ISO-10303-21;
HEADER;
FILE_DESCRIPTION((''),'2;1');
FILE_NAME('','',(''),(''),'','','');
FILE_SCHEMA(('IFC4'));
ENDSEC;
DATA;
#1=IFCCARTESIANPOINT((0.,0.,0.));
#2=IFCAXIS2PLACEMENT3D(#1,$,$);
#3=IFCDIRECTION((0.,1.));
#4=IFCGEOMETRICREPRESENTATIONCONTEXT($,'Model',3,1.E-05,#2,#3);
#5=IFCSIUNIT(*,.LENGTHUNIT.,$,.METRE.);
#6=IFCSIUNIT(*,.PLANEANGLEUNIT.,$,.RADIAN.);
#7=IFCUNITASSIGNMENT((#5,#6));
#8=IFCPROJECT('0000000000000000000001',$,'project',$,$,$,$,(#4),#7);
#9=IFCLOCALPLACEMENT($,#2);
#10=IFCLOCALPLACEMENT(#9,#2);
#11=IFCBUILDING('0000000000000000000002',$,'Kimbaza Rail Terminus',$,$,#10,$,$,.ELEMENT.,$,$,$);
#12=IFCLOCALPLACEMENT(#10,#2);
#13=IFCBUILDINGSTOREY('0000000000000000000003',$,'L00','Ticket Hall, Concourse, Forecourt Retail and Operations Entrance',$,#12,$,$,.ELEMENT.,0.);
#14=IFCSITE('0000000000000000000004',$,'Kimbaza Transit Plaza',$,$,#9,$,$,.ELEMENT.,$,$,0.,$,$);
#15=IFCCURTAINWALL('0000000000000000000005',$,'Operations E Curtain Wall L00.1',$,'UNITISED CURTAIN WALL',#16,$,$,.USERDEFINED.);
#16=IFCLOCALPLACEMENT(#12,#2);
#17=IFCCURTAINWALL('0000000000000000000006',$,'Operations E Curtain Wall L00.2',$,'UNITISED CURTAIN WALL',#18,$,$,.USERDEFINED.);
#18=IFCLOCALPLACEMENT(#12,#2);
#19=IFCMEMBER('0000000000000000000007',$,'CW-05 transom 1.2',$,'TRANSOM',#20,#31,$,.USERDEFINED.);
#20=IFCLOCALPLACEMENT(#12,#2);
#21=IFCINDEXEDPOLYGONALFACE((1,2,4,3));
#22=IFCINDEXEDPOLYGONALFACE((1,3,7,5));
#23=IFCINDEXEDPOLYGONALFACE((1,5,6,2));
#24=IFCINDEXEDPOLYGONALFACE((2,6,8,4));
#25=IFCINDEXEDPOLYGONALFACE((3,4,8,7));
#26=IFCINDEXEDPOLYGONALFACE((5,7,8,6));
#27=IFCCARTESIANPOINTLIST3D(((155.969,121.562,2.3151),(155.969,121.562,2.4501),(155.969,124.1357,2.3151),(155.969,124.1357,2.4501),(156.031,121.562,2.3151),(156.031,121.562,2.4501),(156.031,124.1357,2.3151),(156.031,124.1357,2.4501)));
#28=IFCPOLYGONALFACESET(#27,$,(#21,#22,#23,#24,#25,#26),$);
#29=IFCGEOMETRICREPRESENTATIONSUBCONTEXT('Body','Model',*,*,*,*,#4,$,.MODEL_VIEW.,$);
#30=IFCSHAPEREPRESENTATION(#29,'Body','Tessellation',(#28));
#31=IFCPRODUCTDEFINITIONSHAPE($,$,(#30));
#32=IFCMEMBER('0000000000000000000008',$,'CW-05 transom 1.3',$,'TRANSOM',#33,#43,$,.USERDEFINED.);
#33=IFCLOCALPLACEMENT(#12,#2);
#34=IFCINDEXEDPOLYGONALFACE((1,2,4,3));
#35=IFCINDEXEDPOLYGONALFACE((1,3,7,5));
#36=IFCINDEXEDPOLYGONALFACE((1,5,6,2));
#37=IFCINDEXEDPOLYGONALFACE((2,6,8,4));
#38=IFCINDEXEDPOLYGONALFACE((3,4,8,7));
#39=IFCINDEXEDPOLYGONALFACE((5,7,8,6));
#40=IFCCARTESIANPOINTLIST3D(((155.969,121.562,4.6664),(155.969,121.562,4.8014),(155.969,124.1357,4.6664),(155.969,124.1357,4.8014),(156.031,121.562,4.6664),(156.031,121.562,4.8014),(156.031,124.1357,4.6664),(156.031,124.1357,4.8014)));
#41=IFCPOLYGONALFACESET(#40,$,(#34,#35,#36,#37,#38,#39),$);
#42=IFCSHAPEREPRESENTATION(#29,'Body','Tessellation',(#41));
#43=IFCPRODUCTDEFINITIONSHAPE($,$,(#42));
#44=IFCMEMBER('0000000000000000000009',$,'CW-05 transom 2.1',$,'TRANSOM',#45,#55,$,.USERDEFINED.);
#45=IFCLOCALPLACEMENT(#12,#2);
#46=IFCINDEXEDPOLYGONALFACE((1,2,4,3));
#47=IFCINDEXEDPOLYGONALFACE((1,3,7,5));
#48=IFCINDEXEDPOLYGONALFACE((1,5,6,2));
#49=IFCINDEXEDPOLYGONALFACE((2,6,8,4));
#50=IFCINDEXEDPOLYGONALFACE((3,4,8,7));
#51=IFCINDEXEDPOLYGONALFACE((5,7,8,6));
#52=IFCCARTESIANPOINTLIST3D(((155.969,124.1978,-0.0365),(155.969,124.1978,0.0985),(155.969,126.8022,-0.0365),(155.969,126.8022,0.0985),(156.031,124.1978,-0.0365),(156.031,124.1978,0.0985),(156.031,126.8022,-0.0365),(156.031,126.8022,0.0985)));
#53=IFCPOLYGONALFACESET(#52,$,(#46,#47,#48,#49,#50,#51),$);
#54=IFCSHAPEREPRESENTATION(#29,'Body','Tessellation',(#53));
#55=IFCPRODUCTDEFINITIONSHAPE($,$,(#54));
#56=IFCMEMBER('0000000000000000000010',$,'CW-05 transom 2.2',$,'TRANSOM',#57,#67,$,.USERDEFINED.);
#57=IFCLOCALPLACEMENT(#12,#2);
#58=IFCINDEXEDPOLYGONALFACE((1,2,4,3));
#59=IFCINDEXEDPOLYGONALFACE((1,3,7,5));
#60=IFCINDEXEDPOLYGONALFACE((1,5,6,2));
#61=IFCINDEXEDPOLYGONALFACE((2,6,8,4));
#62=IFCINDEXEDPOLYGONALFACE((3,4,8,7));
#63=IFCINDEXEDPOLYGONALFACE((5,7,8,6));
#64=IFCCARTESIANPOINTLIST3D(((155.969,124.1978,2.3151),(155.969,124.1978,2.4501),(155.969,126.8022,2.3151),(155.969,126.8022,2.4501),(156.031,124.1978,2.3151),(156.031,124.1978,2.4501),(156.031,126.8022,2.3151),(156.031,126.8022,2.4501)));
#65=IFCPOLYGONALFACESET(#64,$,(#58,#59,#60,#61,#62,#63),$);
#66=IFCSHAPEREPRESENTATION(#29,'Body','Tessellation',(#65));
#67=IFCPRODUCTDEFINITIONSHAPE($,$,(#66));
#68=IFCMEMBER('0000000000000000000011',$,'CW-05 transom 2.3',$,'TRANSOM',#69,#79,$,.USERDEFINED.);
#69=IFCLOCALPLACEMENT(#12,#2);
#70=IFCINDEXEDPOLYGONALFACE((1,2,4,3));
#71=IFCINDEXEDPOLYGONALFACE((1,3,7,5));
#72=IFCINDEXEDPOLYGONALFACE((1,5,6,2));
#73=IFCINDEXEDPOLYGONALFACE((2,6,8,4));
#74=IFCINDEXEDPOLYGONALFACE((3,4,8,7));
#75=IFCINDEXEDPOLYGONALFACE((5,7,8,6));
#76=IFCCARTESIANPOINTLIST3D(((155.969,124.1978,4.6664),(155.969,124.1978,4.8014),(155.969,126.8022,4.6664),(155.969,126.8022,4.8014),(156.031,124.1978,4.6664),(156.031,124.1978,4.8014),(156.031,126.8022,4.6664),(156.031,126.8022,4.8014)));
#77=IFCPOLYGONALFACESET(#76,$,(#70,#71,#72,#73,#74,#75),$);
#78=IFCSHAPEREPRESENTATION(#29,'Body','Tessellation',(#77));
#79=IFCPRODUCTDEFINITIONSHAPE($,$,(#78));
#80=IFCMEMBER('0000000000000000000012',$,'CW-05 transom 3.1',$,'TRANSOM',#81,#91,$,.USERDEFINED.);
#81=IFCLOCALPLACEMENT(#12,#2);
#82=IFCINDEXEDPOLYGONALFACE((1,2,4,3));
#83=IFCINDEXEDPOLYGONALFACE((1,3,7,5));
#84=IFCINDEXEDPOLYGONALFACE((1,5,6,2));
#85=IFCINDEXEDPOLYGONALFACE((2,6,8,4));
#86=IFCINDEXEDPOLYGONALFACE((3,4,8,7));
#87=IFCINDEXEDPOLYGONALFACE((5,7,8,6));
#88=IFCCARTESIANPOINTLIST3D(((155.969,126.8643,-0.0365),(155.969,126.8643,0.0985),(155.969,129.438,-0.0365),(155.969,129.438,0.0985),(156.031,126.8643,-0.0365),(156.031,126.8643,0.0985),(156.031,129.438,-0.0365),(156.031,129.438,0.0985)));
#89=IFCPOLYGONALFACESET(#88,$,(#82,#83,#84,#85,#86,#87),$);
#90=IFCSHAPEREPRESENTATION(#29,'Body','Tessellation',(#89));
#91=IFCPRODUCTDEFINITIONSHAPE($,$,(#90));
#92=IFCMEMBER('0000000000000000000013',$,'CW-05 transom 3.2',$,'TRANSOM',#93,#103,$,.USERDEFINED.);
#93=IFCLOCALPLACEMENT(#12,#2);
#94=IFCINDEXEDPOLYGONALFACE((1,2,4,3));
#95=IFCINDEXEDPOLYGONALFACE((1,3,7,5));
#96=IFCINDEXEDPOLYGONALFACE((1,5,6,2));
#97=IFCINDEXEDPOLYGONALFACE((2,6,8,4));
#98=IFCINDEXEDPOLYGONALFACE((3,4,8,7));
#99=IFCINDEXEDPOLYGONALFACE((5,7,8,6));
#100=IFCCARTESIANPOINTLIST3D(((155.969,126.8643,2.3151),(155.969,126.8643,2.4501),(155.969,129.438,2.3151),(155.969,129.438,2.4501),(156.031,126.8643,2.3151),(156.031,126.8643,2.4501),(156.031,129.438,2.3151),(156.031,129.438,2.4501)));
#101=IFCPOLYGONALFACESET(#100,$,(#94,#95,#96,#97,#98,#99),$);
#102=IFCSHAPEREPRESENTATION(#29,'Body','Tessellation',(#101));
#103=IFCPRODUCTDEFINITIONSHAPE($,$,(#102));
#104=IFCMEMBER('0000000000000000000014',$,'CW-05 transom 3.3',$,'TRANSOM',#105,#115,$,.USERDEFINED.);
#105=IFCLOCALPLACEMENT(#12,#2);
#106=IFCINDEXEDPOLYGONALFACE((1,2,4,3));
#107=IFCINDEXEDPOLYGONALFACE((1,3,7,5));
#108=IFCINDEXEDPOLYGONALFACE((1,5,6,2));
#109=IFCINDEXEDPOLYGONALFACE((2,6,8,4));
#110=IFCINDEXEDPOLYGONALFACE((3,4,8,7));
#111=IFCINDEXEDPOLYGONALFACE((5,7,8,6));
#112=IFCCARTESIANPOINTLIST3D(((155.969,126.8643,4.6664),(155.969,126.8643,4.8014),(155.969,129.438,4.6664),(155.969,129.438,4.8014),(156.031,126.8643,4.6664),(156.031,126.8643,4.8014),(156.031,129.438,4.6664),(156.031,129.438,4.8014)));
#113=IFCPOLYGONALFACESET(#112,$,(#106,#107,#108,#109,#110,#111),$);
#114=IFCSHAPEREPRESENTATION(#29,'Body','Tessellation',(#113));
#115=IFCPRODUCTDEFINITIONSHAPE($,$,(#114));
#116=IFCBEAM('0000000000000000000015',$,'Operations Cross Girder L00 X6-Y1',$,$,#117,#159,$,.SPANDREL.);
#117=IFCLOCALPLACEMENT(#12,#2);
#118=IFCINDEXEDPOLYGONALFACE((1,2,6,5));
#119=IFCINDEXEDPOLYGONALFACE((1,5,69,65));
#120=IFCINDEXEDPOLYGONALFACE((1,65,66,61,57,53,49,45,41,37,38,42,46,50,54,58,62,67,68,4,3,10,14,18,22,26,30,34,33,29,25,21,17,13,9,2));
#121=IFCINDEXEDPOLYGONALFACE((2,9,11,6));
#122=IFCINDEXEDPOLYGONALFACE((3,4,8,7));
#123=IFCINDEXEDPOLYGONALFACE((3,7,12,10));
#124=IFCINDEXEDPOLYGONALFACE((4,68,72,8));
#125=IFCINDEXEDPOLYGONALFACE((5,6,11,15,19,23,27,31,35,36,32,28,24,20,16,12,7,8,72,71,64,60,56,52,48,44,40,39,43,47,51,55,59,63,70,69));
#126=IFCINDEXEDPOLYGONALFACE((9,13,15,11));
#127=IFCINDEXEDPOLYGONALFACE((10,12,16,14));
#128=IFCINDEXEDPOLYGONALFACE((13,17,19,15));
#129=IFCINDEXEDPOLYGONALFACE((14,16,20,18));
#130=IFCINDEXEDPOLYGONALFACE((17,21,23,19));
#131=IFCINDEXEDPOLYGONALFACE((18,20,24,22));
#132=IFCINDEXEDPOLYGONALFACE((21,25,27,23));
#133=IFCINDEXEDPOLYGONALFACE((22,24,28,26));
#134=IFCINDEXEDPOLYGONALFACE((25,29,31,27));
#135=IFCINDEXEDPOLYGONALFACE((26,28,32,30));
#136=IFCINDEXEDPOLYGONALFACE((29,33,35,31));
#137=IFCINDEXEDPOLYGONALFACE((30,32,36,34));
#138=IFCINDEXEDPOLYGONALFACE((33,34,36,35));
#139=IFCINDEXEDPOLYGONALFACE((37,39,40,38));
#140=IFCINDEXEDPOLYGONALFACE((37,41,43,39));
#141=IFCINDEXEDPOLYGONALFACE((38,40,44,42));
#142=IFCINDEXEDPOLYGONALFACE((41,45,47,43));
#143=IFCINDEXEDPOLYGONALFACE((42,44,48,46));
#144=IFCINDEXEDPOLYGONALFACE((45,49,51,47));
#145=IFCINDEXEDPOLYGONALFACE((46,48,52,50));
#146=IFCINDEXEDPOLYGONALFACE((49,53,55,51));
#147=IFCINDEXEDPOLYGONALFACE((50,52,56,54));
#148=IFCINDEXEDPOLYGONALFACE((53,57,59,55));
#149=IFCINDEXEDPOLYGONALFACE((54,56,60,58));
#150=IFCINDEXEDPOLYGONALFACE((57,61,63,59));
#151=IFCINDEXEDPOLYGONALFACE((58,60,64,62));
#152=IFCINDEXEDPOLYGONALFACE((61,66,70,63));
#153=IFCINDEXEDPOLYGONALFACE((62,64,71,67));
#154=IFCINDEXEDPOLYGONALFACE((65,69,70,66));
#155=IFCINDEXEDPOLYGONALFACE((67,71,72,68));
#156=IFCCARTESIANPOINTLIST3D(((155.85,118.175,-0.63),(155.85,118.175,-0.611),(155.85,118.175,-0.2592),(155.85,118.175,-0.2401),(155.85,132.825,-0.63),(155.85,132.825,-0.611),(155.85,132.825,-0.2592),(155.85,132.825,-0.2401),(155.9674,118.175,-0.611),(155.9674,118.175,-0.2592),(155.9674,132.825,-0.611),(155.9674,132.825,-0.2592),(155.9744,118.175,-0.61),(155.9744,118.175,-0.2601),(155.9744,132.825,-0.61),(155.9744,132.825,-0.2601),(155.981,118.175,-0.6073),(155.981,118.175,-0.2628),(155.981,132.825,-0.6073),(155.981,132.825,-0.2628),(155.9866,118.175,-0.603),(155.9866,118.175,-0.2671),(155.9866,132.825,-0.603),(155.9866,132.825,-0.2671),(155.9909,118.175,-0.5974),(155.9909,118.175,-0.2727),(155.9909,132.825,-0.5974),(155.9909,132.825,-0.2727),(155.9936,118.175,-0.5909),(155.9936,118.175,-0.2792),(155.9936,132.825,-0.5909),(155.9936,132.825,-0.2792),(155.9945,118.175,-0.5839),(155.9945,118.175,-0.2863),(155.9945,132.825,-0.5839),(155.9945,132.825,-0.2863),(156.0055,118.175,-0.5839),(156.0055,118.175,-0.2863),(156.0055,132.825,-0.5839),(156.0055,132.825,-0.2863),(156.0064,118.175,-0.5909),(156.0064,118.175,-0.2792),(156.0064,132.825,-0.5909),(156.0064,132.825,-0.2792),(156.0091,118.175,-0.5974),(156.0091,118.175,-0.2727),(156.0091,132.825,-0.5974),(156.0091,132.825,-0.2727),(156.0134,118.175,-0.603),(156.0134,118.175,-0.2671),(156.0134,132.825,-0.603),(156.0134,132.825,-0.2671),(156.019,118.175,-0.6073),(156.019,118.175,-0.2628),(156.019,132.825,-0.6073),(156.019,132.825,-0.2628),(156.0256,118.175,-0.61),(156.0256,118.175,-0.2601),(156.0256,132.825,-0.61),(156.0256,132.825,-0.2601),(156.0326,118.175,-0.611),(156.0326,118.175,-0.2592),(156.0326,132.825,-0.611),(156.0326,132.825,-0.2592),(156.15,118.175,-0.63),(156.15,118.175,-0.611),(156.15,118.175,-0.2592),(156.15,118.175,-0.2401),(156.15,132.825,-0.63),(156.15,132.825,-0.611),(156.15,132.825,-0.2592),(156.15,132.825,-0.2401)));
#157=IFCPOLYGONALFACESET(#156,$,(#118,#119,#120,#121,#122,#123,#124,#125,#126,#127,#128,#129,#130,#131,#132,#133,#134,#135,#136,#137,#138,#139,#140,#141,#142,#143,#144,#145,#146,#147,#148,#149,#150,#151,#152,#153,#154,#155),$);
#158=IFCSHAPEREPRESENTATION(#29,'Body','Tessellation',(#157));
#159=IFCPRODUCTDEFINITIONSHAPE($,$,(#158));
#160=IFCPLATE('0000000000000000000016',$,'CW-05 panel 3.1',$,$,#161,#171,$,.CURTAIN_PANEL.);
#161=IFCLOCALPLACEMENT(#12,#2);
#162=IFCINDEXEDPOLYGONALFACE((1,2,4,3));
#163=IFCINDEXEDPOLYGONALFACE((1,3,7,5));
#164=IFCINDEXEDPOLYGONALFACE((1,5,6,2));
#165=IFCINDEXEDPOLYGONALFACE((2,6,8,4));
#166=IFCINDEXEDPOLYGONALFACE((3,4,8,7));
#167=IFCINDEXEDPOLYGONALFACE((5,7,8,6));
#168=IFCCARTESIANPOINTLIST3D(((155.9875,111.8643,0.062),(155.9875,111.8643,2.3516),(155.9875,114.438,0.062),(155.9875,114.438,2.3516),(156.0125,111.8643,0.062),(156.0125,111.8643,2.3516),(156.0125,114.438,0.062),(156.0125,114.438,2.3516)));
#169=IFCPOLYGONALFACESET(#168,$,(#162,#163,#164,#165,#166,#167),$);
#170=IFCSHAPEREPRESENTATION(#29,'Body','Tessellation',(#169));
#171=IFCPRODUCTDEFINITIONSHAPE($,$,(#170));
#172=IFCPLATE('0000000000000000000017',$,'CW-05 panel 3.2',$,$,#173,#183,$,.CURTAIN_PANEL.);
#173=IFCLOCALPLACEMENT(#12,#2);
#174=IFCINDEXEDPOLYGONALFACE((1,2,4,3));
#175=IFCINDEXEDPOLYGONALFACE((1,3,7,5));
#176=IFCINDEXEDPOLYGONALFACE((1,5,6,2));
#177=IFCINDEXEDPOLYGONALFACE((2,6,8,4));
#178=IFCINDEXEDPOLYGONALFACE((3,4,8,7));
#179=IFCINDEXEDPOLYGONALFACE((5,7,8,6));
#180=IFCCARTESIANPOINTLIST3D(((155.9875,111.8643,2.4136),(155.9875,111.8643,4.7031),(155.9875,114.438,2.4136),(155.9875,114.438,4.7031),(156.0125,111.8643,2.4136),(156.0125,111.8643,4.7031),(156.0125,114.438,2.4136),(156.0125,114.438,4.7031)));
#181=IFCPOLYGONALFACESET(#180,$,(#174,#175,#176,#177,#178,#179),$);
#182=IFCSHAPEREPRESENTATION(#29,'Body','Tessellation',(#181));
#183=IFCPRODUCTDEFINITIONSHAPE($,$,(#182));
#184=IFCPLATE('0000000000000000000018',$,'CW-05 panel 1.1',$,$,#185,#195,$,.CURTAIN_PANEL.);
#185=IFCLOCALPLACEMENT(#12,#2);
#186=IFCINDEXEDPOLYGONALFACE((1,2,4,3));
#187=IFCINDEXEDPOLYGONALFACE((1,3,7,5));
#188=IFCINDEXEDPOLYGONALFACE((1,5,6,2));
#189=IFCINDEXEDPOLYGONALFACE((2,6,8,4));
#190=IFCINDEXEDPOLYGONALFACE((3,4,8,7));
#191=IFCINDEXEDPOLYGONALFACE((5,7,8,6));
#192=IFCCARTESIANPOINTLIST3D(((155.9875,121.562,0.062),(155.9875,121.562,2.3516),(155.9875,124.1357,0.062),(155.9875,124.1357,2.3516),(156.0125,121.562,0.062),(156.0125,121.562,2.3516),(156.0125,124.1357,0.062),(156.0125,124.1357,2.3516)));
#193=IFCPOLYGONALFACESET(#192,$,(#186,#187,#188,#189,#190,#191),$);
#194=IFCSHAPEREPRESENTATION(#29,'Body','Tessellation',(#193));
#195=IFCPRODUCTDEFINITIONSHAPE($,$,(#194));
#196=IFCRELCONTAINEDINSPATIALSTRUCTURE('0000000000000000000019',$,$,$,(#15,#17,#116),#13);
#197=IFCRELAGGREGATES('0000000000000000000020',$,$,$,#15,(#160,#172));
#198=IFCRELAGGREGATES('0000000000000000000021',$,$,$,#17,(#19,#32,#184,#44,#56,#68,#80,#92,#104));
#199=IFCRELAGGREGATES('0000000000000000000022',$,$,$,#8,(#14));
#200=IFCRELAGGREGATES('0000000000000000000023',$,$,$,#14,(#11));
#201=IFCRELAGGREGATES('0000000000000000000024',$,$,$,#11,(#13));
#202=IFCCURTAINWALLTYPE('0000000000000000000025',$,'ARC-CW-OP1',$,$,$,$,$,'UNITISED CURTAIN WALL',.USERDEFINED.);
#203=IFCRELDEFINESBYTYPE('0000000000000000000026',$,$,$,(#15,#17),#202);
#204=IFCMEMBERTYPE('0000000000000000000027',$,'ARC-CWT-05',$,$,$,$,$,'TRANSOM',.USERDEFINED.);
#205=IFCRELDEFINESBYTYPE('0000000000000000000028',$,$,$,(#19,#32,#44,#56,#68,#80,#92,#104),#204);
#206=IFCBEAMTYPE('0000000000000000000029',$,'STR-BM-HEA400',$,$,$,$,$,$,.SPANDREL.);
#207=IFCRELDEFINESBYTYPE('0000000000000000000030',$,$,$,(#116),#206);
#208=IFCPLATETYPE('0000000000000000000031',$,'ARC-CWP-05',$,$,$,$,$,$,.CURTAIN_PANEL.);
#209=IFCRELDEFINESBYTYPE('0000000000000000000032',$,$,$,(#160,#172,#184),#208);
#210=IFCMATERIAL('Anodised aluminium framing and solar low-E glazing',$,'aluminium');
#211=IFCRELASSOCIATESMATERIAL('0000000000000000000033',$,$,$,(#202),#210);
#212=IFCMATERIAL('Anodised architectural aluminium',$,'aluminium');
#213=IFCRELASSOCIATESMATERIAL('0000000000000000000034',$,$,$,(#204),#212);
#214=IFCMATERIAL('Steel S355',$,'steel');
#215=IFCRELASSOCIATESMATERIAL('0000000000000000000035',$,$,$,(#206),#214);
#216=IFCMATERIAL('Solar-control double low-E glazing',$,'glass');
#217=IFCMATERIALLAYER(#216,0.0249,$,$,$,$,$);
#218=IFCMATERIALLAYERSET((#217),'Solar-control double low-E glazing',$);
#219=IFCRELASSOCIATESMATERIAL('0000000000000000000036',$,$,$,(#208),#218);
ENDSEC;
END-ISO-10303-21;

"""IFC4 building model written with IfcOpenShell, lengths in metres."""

from ifc_helpers import new_model, si_unit, direction, frame, origin, origin_2d, place, context, subcontext, project, spatial, rectangle, i_section, extrude, material, layer, layer_set, material_profile, profile_set, type_object, element, aggregate, save


model = new_model("IFC4")

# Units and contexts
model_context = context("Model", 3, precision=1e-05, world=origin(), true_north=direction((0.0, 1.0)))
body_context = subcontext(model_context, "Body", "Model", "MODEL_VIEW")
ifc_project = project(units=[si_unit("LENGTHUNIT", "METRE"), si_unit("PLANEANGLEUNIT", "RADIAN")], contexts=[model_context])

# Site, building, storey
site_placement = place(None, origin())
site = spatial("IfcSite", under=ifc_project, at=site_placement, Name="Kimbaza Transit Plaza", CompositionType="ELEMENT", RefElevation=0.0)
building_placement = place(site_placement, origin())
building = spatial("IfcBuilding", under=site, at=building_placement, Name="Kimbaza Rail Terminus", CompositionType="ELEMENT")
storey_placement = place(building_placement, origin())
storey = spatial("IfcBuildingStorey", under=building, at=storey_placement, Name="L00", Description="Ticket Hall, Concourse, Forecourt Retail and Operations Entrance", CompositionType="ELEMENT", Elevation=0.0)

# Curtain wall
ifc_material_1 = material(Name="Anodised aluminium framing and solar low-E glazing", Category="aluminium")
curtain_wall_type = type_object("IfcCurtainWallType", Name="ARC-CW-OP1", ElementType="UNITISED CURTAIN WALL", PredefinedType="USERDEFINED", material=ifc_material_1)
curtain_wall_1_placement = place(storey_placement, origin())
curtain_wall_1 = element("IfcCurtainWall", 1, at=curtain_wall_1_placement, inside=storey, type_object=curtain_wall_type, Name="Operations E Curtain Wall L00.1", ObjectType="UNITISED CURTAIN WALL", PredefinedType="USERDEFINED")

# Curtain wall
curtain_wall_2_placement = place(storey_placement, origin())
curtain_wall_2 = element("IfcCurtainWall", 2, at=curtain_wall_2_placement, inside=storey, type_object=curtain_wall_type, Name="Operations E Curtain Wall L00.2", ObjectType="UNITISED CURTAIN WALL", PredefinedType="USERDEFINED")

# Members
ifc_material_2 = material(Name="Anodised architectural aluminium", Category="aluminium")
ifc_material_profile_1 = material_profile(ifc_material_2, rectangle(XDim=0.062, YDim=0.135, at=origin_2d()), Name="TRANSOM 62x135")
ifc_profile_set_1 = profile_set([ifc_material_profile_1], Name="Anodised architectural aluminium")
member_type_1 = type_object("IfcMemberType", Name="ARC-CWT-05", ElementType="TRANSOM", PredefinedType="USERDEFINED", material=ifc_profile_set_1)
member_1_placement = place(storey_placement, frame((156.0, 121.562, 2.3826), z_axis=(0.0, 1.0, 0.0), x_axis=(-1.0, 0.0, 0.0)))
member_1 = element("IfcMember", 3, at=member_1_placement, type_object=member_type_1, Name="CW-05 transom 1.2", ObjectType="TRANSOM", PredefinedType="USERDEFINED", context=body_context, shape_type="SweptSolid", body=[
    extrude(rectangle(XDim=0.062, YDim=0.135, at=origin_2d()), origin(), (0.0, 0.0, 1.0), 2.5737),
])
member_2_placement = place(storey_placement, frame((156.0, 121.562, 4.7339), z_axis=(0.0, 1.0, 0.0), x_axis=(-1.0, 0.0, 0.0)))
member_2 = element("IfcMember", 4, at=member_2_placement, type_object=member_type_1, Name="CW-05 transom 1.3", ObjectType="TRANSOM", PredefinedType="USERDEFINED", context=body_context, shape_type="SweptSolid", body=[
    extrude(rectangle(XDim=0.062, YDim=0.135, at=origin_2d()), origin(), (0.0, 0.0, 1.0), 2.5737),
])
member_3_placement = place(storey_placement, frame((156.0, 124.1978, 0.031), z_axis=(0.0, 1.0, 0.0), x_axis=(-1.0, 0.0, 0.0)))
member_3 = element("IfcMember", 5, at=member_3_placement, type_object=member_type_1, Name="CW-05 transom 2.1", ObjectType="TRANSOM", PredefinedType="USERDEFINED", context=body_context, shape_type="SweptSolid", body=[
    extrude(rectangle(XDim=0.062, YDim=0.135, at=origin_2d()), origin(), (0.0, 0.0, 1.0), 2.6045),
])
member_4_placement = place(storey_placement, frame((156.0, 124.1978, 2.3826), z_axis=(0.0, 1.0, 0.0), x_axis=(-1.0, 0.0, 0.0)))
member_4 = element("IfcMember", 6, at=member_4_placement, type_object=member_type_1, Name="CW-05 transom 2.2", ObjectType="TRANSOM", PredefinedType="USERDEFINED", context=body_context, shape_type="SweptSolid", body=[
    extrude(rectangle(XDim=0.062, YDim=0.135, at=origin_2d()), origin(), (0.0, 0.0, 1.0), 2.6045),
])
member_5_placement = place(storey_placement, frame((156.0, 124.1978, 4.7339), z_axis=(0.0, 1.0, 0.0), x_axis=(-1.0, 0.0, 0.0)))
member_5 = element("IfcMember", 7, at=member_5_placement, type_object=member_type_1, Name="CW-05 transom 2.3", ObjectType="TRANSOM", PredefinedType="USERDEFINED", context=body_context, shape_type="SweptSolid", body=[
    extrude(rectangle(XDim=0.062, YDim=0.135, at=origin_2d()), origin(), (0.0, 0.0, 1.0), 2.6045),
])
member_6_placement = place(storey_placement, frame((156.0, 126.8643, 0.031), z_axis=(0.0, 1.0, 0.0), x_axis=(-1.0, 0.0, 0.0)))
member_6 = element("IfcMember", 8, at=member_6_placement, type_object=member_type_1, Name="CW-05 transom 3.1", ObjectType="TRANSOM", PredefinedType="USERDEFINED", context=body_context, shape_type="SweptSolid", body=[
    extrude(rectangle(XDim=0.062, YDim=0.135, at=origin_2d()), origin(), (0.0, 0.0, 1.0), 2.5737),
])
member_7_placement = place(storey_placement, frame((156.0, 126.8643, 2.3826), z_axis=(0.0, 1.0, 0.0), x_axis=(-1.0, 0.0, 0.0)))
member_7 = element("IfcMember", 9, at=member_7_placement, type_object=member_type_1, Name="CW-05 transom 3.2", ObjectType="TRANSOM", PredefinedType="USERDEFINED", context=body_context, shape_type="SweptSolid", body=[
    extrude(rectangle(XDim=0.062, YDim=0.135, at=origin_2d()), origin(), (0.0, 0.0, 1.0), 2.5737),
])
member_8_placement = place(storey_placement, frame((156.0, 126.8643, 4.7339), z_axis=(0.0, 1.0, 0.0), x_axis=(-1.0, 0.0, 0.0)))
member_8 = element("IfcMember", 10, at=member_8_placement, type_object=member_type_1, Name="CW-05 transom 3.3", ObjectType="TRANSOM", PredefinedType="USERDEFINED", context=body_context, shape_type="SweptSolid", body=[
    extrude(rectangle(XDim=0.062, YDim=0.135, at=origin_2d()), origin(), (0.0, 0.0, 1.0), 2.5737),
])

# Beam
ifc_material_3 = material(Name="Steel S355", Category="steel")
ifc_material_profile_2 = material_profile(ifc_material_3, i_section(OverallWidth=0.3, OverallDepth=0.3899, WebThickness=0.011, FlangeThickness=0.019, FilletRadius=0.0271, at=origin_2d()), Name="HEA 400")
ifc_profile_set_2 = profile_set([ifc_material_profile_2], Name="Steel S355")
beam_type = type_object("IfcBeamType", Name="STR-BM-HEA400", PredefinedType="SPANDREL", material=ifc_profile_set_2)
beam_placement = place(storey_placement, frame((156.0, 118.175, -0.4351), z_axis=(0.0, 1.0, 0.0), x_axis=(-1.0, 0.0, 0.0)))
element("IfcBeam", 11, at=beam_placement, inside=storey, type_object=beam_type, Name="Operations Cross Girder L00 X6-Y1", PredefinedType="SPANDREL", context=body_context, shape_type="SweptSolid", body=[
    extrude(i_section(OverallWidth=0.3, OverallDepth=0.3899, WebThickness=0.011, FlangeThickness=0.019, FilletRadius=0.0271, at=origin_2d()), origin(), (0.0, 0.0, 1.0), 14.6499),
])

# Plates
ifc_material_4 = material(Name="Solar-control double low-E glazing", Category="glass")
ifc_layer_1 = layer(ifc_material_4, 0.0249)
ifc_layer_set_1 = layer_set([ifc_layer_1], Name="Solar-control double low-E glazing")
plate_type = type_object("IfcPlateType", Name="ARC-CWP-05", PredefinedType="CURTAIN_PANEL", material=ifc_layer_set_1)
plate_1_placement = place(storey_placement, frame((156.0, 113.1511, 0.062), z_axis=(0.0, 0.0, 1.0), x_axis=(0.0, 1.0, 0.0)))
plate_1 = element("IfcPlate", 12, at=plate_1_placement, type_object=plate_type, Name="CW-05 panel 3.1", PredefinedType="CURTAIN_PANEL", context=body_context, shape_type="SweptSolid", body=[
    extrude(rectangle(XDim=2.5737, YDim=0.0249, at=origin_2d()), origin(), (0.0, 0.0, 1.0), 2.2896),
])
plate_2_placement = place(storey_placement, frame((156.0, 113.1511, 2.4136), z_axis=(0.0, 0.0, 1.0), x_axis=(0.0, 1.0, 0.0)))
plate_2 = element("IfcPlate", 13, at=plate_2_placement, type_object=plate_type, Name="CW-05 panel 3.2", PredefinedType="CURTAIN_PANEL", context=body_context, shape_type="SweptSolid", body=[
    extrude(rectangle(XDim=2.5737, YDim=0.0249, at=origin_2d()), origin(), (0.0, 0.0, 1.0), 2.2896),
])
aggregate(curtain_wall_1, [plate_1, plate_2])
plate_3_placement = place(storey_placement, frame((156.0, 122.8489, 0.062), z_axis=(0.0, 0.0, 1.0), x_axis=(0.0, 1.0, 0.0)))
plate_3 = element("IfcPlate", 14, at=plate_3_placement, type_object=plate_type, Name="CW-05 panel 1.1", PredefinedType="CURTAIN_PANEL", context=body_context, shape_type="SweptSolid", body=[
    extrude(rectangle(XDim=2.5737, YDim=0.0249, at=origin_2d()), origin(), (0.0, 0.0, 1.0), 2.2896),
])
aggregate(curtain_wall_2, [member_1, member_2, plate_3, member_3, member_4, member_5, member_6, member_7, member_8])

save(model, "model.ifc")
